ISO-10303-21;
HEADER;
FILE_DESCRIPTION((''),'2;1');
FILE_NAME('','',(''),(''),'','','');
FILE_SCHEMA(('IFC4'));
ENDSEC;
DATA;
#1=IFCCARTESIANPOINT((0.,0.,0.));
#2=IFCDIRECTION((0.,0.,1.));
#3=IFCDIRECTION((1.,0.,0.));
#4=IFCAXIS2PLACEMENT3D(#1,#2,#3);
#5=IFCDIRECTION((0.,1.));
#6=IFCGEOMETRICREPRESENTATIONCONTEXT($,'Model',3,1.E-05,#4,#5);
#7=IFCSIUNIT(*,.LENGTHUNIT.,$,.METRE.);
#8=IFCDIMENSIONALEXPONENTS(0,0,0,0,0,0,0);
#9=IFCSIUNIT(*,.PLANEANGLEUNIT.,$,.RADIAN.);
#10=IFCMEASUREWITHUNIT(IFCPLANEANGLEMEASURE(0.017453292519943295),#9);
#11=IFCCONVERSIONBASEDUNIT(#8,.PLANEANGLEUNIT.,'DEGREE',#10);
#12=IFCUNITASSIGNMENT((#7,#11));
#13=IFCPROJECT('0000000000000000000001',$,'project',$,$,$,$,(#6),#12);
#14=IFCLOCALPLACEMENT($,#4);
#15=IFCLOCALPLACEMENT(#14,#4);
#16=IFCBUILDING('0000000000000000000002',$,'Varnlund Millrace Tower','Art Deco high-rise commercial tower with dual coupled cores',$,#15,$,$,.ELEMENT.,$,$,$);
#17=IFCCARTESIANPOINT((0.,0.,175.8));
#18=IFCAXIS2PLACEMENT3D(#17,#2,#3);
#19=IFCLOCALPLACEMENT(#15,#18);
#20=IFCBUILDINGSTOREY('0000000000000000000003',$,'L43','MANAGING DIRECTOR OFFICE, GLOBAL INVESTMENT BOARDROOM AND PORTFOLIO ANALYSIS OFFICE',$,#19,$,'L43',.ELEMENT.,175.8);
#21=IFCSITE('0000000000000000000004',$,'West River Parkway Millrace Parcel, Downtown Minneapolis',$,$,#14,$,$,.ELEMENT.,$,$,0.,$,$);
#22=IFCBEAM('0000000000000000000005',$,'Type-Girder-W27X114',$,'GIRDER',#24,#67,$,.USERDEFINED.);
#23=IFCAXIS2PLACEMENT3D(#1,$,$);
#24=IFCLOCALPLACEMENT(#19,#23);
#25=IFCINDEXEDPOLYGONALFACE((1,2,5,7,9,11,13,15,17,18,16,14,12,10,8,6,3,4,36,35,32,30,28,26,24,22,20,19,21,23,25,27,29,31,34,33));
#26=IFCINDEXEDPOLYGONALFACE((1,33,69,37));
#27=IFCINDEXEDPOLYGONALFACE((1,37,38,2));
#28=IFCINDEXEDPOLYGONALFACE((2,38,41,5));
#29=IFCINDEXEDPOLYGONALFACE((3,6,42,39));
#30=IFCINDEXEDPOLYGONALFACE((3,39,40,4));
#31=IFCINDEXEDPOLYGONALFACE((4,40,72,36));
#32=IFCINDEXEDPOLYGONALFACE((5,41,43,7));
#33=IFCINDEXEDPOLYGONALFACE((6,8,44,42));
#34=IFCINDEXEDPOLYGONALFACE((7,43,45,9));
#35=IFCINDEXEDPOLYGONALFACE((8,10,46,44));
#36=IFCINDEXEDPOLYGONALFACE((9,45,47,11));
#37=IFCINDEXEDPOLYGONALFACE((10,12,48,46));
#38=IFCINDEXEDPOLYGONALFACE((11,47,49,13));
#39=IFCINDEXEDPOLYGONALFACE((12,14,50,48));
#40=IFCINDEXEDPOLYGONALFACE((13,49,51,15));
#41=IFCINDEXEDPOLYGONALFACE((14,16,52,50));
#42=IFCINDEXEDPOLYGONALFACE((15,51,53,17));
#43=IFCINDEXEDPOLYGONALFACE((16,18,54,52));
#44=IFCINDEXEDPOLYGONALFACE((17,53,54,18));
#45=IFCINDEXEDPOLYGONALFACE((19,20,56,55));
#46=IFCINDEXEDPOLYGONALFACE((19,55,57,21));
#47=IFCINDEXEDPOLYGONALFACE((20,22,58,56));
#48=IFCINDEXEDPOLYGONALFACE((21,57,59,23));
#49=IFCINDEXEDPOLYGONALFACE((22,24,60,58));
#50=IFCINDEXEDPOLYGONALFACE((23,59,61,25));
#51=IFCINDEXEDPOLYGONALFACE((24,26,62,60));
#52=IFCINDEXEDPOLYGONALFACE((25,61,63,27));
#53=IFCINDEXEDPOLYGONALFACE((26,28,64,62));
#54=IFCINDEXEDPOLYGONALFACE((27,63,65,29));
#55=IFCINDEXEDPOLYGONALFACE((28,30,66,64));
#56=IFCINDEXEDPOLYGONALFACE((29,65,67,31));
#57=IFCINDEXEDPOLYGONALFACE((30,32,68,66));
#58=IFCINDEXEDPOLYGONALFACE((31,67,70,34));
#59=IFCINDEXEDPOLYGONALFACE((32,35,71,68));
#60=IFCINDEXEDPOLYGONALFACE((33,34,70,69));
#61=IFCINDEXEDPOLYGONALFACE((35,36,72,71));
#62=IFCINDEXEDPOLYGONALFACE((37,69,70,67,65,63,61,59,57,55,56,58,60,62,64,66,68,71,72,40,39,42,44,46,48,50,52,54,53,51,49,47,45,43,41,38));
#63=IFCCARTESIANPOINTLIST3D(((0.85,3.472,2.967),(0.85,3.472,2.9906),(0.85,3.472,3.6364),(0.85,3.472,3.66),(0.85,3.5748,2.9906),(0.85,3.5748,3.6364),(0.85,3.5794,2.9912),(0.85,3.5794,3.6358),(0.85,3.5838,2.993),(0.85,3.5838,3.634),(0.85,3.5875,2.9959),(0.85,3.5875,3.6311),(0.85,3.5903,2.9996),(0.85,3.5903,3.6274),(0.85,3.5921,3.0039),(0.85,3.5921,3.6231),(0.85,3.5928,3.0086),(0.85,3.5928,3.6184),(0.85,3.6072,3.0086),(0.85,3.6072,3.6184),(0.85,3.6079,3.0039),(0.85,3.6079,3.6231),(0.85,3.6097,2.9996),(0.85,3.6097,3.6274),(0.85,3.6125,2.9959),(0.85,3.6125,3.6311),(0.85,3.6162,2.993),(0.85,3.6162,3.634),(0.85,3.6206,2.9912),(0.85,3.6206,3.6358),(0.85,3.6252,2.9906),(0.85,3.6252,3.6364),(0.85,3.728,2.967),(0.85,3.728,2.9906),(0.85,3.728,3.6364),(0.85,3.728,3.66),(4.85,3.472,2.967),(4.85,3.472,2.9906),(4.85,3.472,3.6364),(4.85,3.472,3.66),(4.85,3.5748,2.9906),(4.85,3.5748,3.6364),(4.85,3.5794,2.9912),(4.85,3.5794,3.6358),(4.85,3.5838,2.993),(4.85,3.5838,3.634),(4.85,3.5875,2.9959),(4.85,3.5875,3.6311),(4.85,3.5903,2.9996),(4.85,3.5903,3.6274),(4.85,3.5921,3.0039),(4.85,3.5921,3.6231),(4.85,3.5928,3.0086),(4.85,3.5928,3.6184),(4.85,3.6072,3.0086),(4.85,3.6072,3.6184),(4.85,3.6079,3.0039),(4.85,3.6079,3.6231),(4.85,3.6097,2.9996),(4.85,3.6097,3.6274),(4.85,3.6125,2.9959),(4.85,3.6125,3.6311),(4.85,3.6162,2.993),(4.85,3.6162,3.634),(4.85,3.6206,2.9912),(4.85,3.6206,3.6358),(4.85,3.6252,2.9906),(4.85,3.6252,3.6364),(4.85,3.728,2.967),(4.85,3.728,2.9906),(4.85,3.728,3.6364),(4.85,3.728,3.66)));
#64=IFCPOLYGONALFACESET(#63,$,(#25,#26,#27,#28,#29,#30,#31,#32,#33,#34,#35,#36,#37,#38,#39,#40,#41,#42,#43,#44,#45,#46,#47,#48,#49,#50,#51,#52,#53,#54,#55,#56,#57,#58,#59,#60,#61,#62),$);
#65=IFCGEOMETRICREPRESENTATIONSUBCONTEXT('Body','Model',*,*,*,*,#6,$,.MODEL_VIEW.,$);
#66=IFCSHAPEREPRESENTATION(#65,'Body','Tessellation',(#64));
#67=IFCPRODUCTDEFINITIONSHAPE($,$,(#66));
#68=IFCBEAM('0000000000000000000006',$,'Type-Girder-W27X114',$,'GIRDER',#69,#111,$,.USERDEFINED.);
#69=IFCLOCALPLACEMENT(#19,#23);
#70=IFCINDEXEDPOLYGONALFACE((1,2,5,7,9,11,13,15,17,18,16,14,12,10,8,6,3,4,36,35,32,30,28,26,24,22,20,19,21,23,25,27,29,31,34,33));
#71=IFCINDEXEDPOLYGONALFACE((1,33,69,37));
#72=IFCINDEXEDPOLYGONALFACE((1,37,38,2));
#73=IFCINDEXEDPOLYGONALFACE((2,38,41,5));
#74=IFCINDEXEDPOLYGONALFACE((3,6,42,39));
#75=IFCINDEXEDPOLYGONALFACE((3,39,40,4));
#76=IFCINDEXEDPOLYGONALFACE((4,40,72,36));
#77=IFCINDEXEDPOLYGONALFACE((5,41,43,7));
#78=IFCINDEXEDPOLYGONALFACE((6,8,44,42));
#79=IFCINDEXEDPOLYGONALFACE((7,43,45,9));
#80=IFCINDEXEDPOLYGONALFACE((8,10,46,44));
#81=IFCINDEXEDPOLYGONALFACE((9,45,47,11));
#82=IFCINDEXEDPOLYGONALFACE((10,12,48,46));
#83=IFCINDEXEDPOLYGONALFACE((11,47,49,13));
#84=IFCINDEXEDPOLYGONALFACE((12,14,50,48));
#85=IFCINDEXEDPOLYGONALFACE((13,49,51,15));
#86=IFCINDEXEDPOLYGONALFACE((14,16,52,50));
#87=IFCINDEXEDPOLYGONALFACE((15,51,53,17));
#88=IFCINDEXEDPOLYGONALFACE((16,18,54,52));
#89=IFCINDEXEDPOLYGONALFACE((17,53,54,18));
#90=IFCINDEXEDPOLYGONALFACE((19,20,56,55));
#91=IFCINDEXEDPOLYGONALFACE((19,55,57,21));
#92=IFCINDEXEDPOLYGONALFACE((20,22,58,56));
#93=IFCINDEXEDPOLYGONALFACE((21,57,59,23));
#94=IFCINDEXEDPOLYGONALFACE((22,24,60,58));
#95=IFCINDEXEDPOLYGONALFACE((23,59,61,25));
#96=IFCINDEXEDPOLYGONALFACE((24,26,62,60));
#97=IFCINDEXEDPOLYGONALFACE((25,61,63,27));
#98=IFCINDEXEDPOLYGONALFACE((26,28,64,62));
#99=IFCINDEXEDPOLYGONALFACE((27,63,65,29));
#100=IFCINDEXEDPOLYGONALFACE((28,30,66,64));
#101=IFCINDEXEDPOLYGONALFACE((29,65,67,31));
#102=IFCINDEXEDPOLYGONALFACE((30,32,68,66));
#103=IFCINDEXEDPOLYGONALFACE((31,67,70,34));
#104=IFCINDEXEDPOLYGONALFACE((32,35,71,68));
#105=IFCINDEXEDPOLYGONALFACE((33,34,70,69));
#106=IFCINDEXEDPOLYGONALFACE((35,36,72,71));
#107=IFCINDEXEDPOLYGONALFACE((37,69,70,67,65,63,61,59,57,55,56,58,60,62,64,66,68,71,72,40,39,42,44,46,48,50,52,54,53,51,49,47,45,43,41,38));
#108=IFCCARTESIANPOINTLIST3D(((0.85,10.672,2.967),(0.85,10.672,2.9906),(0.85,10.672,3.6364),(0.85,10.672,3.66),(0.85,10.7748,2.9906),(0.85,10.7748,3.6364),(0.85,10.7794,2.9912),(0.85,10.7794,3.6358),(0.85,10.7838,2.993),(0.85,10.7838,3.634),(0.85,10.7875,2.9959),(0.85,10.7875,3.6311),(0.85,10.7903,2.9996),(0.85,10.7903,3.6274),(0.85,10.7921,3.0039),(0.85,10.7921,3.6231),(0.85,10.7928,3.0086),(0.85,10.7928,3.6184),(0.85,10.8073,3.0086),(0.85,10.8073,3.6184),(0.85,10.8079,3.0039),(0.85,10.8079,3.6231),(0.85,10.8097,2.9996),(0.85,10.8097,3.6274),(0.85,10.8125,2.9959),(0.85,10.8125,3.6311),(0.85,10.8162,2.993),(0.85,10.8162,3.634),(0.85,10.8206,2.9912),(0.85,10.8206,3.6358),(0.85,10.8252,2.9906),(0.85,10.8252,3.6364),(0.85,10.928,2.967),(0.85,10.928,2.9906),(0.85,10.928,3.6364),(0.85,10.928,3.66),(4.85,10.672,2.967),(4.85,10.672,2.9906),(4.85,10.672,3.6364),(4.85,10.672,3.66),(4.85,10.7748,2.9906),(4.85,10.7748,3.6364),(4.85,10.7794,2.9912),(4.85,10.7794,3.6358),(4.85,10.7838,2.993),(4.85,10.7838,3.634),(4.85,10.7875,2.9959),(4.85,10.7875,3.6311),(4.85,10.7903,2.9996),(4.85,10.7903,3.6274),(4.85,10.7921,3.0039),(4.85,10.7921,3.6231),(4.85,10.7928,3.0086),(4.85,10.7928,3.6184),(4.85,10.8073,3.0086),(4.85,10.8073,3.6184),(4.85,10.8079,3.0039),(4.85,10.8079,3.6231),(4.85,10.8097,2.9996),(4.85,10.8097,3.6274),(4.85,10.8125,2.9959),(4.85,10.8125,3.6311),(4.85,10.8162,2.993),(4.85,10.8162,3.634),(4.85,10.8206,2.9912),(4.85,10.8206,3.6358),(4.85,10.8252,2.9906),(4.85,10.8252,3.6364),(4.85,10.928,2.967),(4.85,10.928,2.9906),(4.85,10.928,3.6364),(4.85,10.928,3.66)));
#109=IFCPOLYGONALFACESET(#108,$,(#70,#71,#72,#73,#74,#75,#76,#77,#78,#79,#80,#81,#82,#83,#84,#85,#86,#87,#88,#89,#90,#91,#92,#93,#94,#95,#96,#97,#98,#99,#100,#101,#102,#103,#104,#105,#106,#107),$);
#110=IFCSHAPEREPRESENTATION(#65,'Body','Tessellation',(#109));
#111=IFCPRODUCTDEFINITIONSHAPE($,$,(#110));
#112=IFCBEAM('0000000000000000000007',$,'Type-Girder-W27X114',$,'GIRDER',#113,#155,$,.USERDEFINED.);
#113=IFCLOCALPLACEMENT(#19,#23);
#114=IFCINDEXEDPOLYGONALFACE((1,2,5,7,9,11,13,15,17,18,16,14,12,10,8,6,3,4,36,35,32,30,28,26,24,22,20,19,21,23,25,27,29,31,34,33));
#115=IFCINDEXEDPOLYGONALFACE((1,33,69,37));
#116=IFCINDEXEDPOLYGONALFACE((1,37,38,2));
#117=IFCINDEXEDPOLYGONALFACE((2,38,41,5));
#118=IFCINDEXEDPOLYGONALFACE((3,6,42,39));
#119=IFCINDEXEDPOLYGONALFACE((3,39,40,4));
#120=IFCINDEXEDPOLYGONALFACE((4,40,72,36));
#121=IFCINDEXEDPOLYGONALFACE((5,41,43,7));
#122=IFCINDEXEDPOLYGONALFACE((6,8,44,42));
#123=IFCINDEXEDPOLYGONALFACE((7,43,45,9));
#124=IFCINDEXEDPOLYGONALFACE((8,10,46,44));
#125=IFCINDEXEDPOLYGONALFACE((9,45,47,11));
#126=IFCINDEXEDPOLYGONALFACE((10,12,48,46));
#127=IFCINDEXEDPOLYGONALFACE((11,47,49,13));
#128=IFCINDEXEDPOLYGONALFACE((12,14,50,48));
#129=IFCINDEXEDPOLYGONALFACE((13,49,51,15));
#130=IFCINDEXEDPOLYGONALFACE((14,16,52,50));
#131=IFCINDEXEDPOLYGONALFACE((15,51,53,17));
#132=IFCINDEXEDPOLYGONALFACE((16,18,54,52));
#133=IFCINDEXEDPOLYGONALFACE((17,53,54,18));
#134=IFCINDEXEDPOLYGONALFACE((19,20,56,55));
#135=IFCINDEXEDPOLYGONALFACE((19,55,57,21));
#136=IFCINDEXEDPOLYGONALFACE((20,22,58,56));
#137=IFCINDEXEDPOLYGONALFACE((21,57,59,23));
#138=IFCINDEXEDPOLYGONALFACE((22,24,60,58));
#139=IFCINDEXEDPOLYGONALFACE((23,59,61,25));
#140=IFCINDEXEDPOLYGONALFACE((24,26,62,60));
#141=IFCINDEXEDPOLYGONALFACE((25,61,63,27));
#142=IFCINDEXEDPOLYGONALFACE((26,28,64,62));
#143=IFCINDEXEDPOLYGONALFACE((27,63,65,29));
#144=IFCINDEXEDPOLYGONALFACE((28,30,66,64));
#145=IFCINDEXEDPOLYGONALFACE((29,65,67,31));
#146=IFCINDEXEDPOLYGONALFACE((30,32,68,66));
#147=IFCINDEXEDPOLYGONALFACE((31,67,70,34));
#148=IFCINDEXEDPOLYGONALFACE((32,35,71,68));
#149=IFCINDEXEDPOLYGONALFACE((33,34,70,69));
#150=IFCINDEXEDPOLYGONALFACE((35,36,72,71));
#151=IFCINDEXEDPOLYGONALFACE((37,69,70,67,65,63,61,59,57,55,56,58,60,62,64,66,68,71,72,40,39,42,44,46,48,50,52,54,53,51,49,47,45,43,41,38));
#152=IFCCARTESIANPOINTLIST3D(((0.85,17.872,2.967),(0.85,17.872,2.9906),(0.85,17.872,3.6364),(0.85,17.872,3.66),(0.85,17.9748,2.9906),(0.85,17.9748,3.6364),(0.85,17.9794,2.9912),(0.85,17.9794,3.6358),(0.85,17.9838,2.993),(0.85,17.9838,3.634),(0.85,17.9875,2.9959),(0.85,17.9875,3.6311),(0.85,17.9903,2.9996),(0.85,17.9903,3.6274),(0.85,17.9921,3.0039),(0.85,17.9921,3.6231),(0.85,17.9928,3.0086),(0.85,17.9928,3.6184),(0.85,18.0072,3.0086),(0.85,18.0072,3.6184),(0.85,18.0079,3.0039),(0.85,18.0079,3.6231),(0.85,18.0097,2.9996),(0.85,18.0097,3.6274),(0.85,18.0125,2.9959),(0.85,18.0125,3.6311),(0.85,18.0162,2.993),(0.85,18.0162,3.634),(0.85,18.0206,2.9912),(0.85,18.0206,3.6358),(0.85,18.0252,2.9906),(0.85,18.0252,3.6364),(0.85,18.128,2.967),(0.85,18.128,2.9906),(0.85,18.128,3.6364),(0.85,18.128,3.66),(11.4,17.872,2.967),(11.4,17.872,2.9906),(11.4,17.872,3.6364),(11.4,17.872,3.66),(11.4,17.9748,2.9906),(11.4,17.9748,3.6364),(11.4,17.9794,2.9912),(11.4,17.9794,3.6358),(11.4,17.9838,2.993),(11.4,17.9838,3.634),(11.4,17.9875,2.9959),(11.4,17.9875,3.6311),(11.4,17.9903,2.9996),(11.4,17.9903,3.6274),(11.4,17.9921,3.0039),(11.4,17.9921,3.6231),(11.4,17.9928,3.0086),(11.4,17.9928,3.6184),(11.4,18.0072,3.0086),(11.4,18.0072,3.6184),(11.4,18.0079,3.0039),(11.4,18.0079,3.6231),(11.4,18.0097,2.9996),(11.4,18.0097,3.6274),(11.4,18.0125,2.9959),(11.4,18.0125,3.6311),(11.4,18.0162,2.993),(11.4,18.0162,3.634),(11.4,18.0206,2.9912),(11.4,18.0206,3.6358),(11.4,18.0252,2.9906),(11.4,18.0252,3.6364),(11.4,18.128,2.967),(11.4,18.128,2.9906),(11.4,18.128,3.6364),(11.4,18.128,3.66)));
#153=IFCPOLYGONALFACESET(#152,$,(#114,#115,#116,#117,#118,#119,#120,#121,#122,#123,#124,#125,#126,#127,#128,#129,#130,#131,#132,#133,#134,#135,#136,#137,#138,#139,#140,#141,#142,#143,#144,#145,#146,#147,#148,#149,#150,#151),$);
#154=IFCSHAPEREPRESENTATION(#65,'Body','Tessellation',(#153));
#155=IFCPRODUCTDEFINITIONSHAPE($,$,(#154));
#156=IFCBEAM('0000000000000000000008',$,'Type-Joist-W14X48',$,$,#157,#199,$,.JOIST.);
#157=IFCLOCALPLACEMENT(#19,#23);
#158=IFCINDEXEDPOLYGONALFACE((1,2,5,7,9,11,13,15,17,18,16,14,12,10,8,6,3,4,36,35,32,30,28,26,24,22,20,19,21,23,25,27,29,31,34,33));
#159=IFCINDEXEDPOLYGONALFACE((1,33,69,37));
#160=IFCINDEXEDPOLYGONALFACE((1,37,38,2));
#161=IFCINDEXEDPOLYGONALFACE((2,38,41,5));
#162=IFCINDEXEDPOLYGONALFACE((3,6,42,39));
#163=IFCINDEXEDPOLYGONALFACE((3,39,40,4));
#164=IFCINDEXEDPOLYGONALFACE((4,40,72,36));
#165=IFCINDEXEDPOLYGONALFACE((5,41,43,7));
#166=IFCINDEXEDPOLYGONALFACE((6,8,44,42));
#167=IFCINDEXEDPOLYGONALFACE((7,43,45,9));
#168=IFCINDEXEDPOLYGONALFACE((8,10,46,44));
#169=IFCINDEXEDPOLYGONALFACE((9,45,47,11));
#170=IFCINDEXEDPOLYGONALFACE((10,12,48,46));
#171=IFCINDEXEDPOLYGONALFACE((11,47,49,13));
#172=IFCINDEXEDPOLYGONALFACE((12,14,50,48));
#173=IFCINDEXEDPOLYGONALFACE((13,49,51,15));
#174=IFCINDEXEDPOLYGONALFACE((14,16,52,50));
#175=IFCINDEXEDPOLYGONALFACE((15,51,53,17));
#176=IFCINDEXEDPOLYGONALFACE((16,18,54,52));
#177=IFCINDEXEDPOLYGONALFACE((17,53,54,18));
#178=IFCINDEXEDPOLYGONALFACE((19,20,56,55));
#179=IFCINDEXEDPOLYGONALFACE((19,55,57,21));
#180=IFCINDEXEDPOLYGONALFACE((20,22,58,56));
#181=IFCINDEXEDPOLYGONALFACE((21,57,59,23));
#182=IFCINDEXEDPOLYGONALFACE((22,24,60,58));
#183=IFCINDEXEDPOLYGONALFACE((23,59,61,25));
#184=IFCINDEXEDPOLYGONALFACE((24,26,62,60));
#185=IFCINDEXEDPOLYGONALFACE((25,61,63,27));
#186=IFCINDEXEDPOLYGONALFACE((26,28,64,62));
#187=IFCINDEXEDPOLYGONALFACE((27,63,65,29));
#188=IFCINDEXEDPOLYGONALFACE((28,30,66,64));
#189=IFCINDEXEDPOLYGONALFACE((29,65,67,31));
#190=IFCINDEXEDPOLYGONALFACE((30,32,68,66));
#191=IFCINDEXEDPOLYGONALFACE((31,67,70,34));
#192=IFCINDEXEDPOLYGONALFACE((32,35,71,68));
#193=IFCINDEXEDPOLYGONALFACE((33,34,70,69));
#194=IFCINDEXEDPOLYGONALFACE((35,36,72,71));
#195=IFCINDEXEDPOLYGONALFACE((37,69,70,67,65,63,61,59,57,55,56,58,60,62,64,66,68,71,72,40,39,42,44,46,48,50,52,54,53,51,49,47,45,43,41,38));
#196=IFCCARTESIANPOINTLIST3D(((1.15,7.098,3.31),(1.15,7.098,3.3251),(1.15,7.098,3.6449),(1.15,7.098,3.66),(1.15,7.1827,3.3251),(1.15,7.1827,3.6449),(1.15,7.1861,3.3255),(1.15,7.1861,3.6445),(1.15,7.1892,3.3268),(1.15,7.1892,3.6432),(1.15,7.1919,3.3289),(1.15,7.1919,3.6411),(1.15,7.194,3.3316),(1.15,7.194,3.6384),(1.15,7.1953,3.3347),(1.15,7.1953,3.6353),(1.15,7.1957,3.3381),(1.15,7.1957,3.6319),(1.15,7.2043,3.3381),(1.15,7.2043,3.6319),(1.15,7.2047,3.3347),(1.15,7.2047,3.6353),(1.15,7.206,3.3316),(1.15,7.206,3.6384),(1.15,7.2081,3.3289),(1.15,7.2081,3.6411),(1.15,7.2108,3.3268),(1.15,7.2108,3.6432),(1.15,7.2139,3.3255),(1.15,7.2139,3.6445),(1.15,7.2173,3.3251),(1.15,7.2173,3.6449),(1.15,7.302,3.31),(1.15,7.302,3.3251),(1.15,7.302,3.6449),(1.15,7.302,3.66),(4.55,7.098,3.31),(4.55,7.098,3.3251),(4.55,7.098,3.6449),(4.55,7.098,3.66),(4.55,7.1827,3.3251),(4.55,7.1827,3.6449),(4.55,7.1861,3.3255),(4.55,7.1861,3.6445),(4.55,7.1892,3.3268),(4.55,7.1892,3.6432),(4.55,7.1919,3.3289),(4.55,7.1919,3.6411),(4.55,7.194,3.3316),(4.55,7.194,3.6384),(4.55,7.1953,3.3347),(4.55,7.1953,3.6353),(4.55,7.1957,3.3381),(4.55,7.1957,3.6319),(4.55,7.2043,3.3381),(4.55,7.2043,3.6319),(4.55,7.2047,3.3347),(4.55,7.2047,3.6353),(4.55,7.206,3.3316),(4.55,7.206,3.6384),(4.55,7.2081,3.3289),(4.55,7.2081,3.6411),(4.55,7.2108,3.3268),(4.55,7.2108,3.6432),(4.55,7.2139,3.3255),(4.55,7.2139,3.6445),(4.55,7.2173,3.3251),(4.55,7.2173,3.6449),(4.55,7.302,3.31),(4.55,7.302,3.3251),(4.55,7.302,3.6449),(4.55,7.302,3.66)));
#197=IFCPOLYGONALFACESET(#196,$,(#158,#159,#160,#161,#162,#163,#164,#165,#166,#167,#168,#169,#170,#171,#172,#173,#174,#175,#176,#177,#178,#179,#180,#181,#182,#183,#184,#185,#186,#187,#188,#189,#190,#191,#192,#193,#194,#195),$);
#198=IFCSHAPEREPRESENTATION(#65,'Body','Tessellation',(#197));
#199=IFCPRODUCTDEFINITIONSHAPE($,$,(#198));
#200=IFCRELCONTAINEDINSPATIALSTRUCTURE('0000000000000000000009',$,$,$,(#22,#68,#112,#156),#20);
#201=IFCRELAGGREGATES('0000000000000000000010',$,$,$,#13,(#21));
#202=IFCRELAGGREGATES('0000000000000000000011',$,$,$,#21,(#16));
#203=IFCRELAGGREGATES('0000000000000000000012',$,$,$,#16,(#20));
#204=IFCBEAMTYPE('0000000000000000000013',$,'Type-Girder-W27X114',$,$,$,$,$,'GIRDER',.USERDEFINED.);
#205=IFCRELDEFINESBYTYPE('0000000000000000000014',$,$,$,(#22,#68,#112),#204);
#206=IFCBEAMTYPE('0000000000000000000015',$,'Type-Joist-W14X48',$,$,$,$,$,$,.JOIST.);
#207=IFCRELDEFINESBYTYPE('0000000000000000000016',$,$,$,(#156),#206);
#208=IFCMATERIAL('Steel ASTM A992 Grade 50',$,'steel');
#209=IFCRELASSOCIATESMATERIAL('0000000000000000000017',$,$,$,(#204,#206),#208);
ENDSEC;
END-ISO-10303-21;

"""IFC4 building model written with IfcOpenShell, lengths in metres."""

from ifc_helpers import new_model, entity, si_unit, converted_unit, direction, frame, origin_with_axes, origin_2d_with_axis, place, context, subcontext, project, spatial, i_section, extrude, material, material_profile, profile_set, type_object, element, save


model = new_model("IFC4")

# Units and contexts
model_context = context("Model", 3, precision=1e-05, world=origin_with_axes(), true_north=direction((0.0, 1.0)))
body_context = subcontext(model_context, "Body", "Model", "MODEL_VIEW")
ifc_project = project(units=[si_unit("LENGTHUNIT", "METRE"), converted_unit("PLANEANGLEUNIT", "DEGREE", entity("IfcPlaneAngleMeasure", 0.017453292519943295), si_unit("PLANEANGLEUNIT", "RADIAN"), dimensions=[0, 0, 0, 0, 0, 0, 0])], contexts=[model_context])

# Site, building, storey
site_placement = place(None, origin_with_axes())
site = spatial("IfcSite", under=ifc_project, at=site_placement, Name="West River Parkway Millrace Parcel, Downtown Minneapolis", CompositionType="ELEMENT", RefElevation=0.0)
building_placement = place(site_placement, origin_with_axes())
building = spatial("IfcBuilding", under=site, at=building_placement, Name="Varnlund Millrace Tower", Description="Art Deco high-rise commercial tower with dual coupled cores", CompositionType="ELEMENT")
storey_placement = place(building_placement, frame((0.0, 0.0, 175.8), z_axis=(0.0, 0.0, 1.0), x_axis=(1.0, 0.0, 0.0)))
storey = spatial("IfcBuildingStorey", under=building, at=storey_placement, Name="L43", Description="MANAGING DIRECTOR OFFICE, GLOBAL INVESTMENT BOARDROOM AND PORTFOLIO ANALYSIS OFFICE", LongName="L43", CompositionType="ELEMENT", Elevation=175.8)

# Beams
ifc_material_1 = material(Name="Steel ASTM A992 Grade 50", Category="steel")
ifc_material_profile_1 = material_profile(ifc_material_1, i_section(OverallWidth=0.256, OverallDepth=0.693, WebThickness=0.0145, FlangeThickness=0.0236, FilletRadius=0.018, at=origin_2d_with_axis()), Name="Steel ASTM A992 Grade 50")
ifc_profile_set_1 = profile_set([ifc_material_profile_1], Name="Steel ASTM A992 Grade 50")
beam_type_1 = type_object("IfcBeamType", Name="Type-Girder-W27X114", ElementType="GIRDER", PredefinedType="USERDEFINED", material=ifc_profile_set_1)
for number, where, z_axis, x_axis, name in (
    (1, (0.85, 3.6, 3.3135), (1.0, 0.0, 0.0), (0.0, 1.0, 0.0), "Type-Girder-W27X114"),
    (2, (0.85, 10.8, 3.3135), (1.0, 0.0, 0.0), (0.0, 1.0, 0.0), "Type-Girder-W27X114"),
):
    element("IfcBeam", number, at=place(storey_placement, frame(where, z_axis=z_axis, x_axis=x_axis)), inside=storey, type_object=beam_type_1, Name=name, ObjectType="GIRDER", PredefinedType="USERDEFINED", context=body_context, shape_type="SweptSolid", body=[
        extrude(i_section(OverallWidth=0.256, OverallDepth=0.693, WebThickness=0.0145, FlangeThickness=0.0236, FilletRadius=0.018, at=origin_2d_with_axis()), origin_with_axes(), (0.0, 0.0, 1.0), 4.0),
    ])
beam_1_placement = place(storey_placement, frame((0.85, 18.0, 3.3135), z_axis=(1.0, 0.0, 0.0), x_axis=(0.0, 1.0, 0.0)))
element("IfcBeam", 3, at=beam_1_placement, inside=storey, type_object=beam_type_1, Name="Type-Girder-W27X114", ObjectType="GIRDER", PredefinedType="USERDEFINED", context=body_context, shape_type="SweptSolid", body=[
    extrude(i_section(OverallWidth=0.256, OverallDepth=0.693, WebThickness=0.0145, FlangeThickness=0.0236, FilletRadius=0.018, at=origin_2d_with_axis()), origin_with_axes(), (0.0, 0.0, 1.0), 10.55),
])
ifc_material_profile_2 = material_profile(ifc_material_1, i_section(OverallWidth=0.204, OverallDepth=0.35, WebThickness=0.0086, FlangeThickness=0.0151, FilletRadius=0.013, at=origin_2d_with_axis()), Name="Steel ASTM A992 Grade 50")
ifc_profile_set_2 = profile_set([ifc_material_profile_2], Name="Steel ASTM A992 Grade 50")
beam_type_2 = type_object("IfcBeamType", Name="Type-Joist-W14X48", PredefinedType="JOIST", material=ifc_profile_set_2)
for number, where, z_axis, x_axis, name in (
    (4, (1.15, 7.2, 3.485), (1.0, 0.0, 0.0), (0.0, 1.0, 0.0), "Type-Joist-W14X48"),
):
    element("IfcBeam", number, at=place(storey_placement, frame(where, z_axis=z_axis, x_axis=x_axis)), inside=storey, type_object=beam_type_2, Name=name, PredefinedType="JOIST", context=body_context, shape_type="SweptSolid", body=[
        extrude(i_section(OverallWidth=0.204, OverallDepth=0.35, WebThickness=0.0086, FlangeThickness=0.0151, FilletRadius=0.013, at=origin_2d_with_axis()), origin_with_axes(), (0.0, 0.0, 1.0), 3.4),
    ])

save(model, "model.ifc")
